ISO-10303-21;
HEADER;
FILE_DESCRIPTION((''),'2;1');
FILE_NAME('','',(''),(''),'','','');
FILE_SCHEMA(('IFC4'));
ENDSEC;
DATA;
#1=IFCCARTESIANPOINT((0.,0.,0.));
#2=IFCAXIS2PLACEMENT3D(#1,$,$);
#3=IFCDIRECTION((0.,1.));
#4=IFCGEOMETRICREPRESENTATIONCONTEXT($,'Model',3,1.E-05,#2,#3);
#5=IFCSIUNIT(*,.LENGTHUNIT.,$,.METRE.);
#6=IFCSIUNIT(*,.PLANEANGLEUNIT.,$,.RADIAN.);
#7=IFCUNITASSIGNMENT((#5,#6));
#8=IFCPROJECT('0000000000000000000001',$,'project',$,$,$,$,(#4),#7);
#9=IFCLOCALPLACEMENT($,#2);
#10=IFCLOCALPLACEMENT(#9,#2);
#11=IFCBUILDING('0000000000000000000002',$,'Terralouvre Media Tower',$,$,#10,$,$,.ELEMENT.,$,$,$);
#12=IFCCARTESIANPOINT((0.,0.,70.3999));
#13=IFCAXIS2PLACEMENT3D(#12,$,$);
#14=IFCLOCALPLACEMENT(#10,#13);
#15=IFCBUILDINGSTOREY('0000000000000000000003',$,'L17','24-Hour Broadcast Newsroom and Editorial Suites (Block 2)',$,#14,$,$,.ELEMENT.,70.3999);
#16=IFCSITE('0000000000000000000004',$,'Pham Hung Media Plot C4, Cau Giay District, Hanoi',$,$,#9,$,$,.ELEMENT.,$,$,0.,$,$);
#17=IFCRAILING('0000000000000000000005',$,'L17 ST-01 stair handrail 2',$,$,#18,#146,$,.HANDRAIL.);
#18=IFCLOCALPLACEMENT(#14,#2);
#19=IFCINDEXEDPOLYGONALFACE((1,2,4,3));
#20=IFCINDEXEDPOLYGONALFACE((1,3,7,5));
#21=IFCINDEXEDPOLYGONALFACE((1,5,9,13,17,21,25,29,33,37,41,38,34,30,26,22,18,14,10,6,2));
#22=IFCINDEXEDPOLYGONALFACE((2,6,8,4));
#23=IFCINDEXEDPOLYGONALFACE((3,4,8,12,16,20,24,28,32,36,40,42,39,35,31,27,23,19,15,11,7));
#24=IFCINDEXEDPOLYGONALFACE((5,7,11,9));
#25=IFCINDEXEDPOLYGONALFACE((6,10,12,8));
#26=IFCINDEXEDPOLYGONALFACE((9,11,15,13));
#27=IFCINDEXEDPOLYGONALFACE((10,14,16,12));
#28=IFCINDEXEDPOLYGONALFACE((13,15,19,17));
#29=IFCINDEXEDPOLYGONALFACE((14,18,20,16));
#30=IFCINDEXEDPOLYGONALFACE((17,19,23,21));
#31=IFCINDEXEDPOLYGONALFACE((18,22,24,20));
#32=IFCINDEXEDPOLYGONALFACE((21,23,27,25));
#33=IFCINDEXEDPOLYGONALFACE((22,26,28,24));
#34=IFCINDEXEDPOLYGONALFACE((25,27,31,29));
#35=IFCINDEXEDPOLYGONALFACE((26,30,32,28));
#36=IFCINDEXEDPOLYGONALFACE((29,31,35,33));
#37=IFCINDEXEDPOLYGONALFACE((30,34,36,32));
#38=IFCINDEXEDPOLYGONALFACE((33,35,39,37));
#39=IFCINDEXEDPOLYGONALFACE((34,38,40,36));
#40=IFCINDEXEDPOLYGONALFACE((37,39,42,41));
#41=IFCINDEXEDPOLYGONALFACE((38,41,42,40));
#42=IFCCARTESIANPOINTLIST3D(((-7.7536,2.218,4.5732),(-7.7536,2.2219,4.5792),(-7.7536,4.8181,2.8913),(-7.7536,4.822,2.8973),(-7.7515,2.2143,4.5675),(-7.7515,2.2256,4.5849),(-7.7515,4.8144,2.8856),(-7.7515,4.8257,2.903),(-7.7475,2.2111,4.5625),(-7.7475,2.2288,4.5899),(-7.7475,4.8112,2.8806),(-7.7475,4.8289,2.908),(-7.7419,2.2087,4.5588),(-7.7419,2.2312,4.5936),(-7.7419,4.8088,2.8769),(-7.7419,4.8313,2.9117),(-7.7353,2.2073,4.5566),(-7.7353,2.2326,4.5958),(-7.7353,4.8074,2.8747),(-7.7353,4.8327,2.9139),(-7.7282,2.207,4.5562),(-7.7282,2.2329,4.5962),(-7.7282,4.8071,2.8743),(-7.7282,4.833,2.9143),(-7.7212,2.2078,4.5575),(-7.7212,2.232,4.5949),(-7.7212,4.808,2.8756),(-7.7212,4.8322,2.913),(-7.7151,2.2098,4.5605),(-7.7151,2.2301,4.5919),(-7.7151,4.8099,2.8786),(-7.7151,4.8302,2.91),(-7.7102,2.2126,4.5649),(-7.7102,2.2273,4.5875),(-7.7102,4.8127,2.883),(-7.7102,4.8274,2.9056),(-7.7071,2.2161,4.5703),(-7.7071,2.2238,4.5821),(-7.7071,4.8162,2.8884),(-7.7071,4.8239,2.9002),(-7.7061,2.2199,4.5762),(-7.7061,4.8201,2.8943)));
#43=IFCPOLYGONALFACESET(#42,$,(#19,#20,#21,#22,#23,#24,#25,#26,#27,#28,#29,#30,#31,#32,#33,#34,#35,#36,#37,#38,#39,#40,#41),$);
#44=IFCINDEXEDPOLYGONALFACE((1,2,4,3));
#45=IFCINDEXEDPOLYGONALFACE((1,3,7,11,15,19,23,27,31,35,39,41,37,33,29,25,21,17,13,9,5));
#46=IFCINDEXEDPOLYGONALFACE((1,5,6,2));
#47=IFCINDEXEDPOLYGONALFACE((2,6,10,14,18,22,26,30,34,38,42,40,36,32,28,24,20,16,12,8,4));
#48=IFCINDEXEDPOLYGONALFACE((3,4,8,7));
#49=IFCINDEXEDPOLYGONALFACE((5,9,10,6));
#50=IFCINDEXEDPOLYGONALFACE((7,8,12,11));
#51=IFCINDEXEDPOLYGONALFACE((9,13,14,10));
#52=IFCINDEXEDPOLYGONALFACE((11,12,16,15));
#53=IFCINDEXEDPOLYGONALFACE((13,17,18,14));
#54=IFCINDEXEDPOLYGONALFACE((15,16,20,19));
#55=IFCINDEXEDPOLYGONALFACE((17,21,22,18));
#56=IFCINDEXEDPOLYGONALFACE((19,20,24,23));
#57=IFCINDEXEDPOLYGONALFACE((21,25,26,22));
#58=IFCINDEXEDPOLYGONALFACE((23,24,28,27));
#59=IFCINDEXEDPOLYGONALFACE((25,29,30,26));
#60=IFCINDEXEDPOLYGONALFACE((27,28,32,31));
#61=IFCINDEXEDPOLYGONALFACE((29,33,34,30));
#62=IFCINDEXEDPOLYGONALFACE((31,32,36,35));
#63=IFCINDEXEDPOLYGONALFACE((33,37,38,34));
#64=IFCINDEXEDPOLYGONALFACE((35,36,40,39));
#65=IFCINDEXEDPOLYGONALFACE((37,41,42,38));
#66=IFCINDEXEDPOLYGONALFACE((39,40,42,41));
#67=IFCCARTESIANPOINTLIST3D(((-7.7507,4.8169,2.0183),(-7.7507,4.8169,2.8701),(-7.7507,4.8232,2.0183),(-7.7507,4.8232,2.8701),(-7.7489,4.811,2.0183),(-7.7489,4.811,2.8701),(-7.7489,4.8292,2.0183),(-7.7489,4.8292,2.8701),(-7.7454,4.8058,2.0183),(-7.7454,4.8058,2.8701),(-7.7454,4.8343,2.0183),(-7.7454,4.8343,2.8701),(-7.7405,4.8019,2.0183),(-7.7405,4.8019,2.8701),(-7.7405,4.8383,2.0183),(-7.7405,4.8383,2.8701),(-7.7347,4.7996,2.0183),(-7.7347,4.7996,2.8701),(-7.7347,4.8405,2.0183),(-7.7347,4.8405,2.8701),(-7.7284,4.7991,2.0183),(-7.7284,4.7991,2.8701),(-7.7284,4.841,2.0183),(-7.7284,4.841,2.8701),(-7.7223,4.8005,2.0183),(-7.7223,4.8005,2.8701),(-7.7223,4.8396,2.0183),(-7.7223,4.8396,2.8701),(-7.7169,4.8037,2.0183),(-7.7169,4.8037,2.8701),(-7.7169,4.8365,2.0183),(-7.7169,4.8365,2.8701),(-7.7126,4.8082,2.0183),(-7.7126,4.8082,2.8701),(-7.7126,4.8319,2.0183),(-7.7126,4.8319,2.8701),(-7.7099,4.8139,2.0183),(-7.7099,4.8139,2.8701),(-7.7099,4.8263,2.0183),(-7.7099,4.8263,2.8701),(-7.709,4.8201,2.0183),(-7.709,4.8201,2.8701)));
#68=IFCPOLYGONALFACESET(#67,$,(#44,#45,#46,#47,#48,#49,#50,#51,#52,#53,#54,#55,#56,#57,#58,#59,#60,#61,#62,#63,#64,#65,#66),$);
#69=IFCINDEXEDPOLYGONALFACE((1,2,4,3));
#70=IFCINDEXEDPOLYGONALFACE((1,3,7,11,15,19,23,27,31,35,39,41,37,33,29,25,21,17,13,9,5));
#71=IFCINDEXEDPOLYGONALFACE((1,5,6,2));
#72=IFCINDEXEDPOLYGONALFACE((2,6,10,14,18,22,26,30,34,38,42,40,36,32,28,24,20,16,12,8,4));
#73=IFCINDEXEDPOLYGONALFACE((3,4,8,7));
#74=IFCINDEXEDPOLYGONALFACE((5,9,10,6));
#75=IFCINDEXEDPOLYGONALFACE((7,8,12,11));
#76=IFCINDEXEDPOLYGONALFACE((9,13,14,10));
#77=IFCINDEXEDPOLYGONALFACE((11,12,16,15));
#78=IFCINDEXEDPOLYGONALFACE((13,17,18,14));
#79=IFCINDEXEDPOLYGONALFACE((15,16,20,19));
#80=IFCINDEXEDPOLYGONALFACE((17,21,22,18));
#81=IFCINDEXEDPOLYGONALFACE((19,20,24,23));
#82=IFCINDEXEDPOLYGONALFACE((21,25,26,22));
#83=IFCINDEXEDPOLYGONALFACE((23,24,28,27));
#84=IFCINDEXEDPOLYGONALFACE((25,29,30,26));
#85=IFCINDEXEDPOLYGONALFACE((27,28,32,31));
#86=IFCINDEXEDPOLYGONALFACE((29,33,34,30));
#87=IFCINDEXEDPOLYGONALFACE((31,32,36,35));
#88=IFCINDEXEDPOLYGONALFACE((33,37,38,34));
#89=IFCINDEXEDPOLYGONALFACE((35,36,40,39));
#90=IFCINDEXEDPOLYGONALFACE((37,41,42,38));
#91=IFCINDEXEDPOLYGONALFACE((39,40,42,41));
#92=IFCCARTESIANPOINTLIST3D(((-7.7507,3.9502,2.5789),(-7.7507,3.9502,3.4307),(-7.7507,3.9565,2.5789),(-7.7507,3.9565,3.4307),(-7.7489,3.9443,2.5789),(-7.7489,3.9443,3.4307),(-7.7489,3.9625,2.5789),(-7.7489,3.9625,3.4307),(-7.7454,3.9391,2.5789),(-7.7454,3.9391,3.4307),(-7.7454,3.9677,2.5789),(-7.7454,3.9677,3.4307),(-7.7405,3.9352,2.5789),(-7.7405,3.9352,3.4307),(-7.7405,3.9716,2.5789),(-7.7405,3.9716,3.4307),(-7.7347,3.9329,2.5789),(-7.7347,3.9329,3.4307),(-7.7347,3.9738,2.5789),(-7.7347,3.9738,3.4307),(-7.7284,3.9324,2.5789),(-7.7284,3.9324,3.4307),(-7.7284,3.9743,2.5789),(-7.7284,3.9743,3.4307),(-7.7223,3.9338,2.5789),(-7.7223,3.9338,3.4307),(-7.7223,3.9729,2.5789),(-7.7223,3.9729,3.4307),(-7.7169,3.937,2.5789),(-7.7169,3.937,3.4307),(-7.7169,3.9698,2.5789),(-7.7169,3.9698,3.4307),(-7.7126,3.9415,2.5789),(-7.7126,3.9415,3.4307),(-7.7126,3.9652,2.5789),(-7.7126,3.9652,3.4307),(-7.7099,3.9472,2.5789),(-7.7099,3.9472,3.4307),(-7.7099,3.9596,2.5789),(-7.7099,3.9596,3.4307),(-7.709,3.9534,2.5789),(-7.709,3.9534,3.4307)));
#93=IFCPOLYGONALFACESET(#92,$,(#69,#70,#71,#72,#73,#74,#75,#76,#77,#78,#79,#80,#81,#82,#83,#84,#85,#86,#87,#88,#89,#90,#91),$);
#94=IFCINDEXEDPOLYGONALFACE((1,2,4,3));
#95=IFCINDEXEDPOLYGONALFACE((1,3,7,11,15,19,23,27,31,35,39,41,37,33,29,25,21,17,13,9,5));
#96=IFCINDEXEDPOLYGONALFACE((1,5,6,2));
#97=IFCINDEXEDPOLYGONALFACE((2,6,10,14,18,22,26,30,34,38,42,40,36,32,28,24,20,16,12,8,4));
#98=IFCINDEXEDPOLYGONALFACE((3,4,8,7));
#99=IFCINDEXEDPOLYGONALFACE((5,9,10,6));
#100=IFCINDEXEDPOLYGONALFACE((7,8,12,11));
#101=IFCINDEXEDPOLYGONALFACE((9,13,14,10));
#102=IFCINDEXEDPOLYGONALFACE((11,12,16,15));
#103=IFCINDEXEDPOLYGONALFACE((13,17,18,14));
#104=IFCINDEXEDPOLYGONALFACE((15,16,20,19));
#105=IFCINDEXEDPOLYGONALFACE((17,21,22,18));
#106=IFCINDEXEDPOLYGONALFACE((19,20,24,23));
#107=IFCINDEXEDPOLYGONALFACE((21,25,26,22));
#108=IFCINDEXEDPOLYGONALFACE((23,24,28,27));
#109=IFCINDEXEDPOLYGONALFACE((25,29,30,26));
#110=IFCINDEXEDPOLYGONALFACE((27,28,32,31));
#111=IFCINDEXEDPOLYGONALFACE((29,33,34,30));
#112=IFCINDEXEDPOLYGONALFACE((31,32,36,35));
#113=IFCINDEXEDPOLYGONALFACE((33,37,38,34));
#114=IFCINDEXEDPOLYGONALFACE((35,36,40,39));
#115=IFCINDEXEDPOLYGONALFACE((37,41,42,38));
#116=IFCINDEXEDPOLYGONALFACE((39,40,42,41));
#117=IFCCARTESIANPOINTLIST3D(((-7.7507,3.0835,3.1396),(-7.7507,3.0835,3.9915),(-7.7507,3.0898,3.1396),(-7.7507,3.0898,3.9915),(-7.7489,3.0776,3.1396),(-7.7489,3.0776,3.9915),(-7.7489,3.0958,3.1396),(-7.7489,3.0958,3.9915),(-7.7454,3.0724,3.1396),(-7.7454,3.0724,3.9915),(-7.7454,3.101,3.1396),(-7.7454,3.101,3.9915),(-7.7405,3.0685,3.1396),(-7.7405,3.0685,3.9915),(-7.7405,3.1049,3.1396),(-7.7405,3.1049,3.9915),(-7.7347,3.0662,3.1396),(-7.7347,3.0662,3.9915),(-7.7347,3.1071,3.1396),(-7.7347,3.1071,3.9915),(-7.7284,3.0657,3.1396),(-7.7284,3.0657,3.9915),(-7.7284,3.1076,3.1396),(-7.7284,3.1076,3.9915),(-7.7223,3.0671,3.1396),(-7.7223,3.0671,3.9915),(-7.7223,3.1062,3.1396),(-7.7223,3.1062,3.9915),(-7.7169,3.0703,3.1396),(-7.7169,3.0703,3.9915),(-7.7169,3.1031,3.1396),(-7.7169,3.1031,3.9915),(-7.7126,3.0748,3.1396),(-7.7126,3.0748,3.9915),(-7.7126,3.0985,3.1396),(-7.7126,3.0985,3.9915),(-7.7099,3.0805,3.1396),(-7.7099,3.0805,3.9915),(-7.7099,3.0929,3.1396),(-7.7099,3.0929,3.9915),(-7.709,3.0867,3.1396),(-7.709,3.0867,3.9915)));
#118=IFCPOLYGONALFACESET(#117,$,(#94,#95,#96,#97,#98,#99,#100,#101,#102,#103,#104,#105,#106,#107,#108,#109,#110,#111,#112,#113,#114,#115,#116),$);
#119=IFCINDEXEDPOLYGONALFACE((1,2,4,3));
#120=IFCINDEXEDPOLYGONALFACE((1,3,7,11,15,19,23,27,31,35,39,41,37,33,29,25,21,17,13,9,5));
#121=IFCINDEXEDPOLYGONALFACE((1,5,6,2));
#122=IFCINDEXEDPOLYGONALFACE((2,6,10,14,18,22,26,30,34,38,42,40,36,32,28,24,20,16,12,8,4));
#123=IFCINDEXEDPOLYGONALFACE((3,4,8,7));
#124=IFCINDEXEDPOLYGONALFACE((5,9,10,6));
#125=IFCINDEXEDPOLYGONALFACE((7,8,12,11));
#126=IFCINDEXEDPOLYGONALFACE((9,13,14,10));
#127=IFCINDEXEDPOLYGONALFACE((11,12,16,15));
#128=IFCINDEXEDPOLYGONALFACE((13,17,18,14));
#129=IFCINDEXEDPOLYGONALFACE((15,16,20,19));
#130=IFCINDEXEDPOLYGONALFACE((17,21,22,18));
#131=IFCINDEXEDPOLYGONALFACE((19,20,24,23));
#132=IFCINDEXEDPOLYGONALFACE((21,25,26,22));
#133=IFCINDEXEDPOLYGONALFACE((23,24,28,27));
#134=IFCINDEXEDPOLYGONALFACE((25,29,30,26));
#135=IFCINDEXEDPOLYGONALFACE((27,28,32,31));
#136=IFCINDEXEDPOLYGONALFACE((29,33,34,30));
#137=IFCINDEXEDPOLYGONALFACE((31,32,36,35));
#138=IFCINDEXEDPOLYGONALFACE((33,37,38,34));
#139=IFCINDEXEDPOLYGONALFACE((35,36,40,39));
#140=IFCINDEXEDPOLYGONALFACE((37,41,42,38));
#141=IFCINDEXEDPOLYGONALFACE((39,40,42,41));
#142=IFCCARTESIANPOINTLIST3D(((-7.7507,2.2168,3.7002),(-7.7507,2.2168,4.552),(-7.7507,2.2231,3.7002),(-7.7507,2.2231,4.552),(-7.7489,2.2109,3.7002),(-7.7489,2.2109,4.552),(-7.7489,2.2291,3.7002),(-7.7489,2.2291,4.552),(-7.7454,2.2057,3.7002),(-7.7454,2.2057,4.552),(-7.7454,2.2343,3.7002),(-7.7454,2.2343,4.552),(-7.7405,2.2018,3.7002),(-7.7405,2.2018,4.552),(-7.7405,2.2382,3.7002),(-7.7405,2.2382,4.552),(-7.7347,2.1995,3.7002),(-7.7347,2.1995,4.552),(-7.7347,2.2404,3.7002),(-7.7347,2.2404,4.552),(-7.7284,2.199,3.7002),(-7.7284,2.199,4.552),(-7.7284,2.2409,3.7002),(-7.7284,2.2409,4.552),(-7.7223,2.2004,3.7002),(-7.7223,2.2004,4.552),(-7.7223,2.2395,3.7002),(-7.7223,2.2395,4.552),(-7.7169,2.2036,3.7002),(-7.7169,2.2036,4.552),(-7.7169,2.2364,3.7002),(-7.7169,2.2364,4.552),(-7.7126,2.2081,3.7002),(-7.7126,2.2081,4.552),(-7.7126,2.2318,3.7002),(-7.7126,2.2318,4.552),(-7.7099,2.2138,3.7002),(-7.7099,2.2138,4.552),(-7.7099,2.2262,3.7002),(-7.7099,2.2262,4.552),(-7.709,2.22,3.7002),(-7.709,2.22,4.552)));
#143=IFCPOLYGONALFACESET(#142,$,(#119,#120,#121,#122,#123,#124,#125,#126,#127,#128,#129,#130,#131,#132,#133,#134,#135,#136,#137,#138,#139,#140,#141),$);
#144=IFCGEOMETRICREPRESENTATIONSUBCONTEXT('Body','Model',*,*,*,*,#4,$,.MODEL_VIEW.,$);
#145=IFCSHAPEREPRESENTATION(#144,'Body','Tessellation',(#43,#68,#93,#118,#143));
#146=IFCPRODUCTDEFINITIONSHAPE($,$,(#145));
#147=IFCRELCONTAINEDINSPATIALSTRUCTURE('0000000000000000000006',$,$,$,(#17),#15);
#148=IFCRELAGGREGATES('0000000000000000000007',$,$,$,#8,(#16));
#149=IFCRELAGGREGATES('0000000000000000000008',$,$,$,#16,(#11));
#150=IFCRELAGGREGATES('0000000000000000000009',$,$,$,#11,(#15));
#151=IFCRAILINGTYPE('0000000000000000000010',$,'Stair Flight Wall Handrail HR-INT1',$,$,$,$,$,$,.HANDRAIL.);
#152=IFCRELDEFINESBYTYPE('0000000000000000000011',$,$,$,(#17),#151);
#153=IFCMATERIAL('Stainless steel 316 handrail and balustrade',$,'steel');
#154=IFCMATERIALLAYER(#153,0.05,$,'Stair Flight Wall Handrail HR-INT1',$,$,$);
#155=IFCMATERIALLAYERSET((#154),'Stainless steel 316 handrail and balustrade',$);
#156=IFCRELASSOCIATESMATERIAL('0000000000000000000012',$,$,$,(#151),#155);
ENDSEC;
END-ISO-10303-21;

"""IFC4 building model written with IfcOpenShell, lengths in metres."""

from ifc_helpers import new_model, si_unit, direction, frame, origin, origin_2d, place, context, subcontext, project, spatial, circle, extrude, material, layer, layer_set, type_object, element, save


model = new_model("IFC4")

# Units and contexts
model_context = context("Model", 3, precision=1e-05, world=origin(), true_north=direction((0.0, 1.0)))
body_context = subcontext(model_context, "Body", "Model", "MODEL_VIEW")
ifc_project = project(units=[si_unit("LENGTHUNIT", "METRE"), si_unit("PLANEANGLEUNIT", "RADIAN")], contexts=[model_context])

# Site, building, storey
site_placement = place(None, origin())
site = spatial("IfcSite", under=ifc_project, at=site_placement, Name="Pham Hung Media Plot C4, Cau Giay District, Hanoi", CompositionType="ELEMENT", RefElevation=0.0)
building_placement = place(site_placement, origin())
building = spatial("IfcBuilding", under=site, at=building_placement, Name="Terralouvre Media Tower", CompositionType="ELEMENT")
storey_placement = place(building_placement, frame((0.0, 0.0, 70.3999)))
storey = spatial("IfcBuildingStorey", under=building, at=storey_placement, Name="L17", Description="24-Hour Broadcast Newsroom and Editorial Suites (Block 2)", CompositionType="ELEMENT", Elevation=70.3999)

# Railing
ifc_material_1 = material(Name="Stainless steel 316 handrail and balustrade", Category="steel")
ifc_layer_1 = layer(ifc_material_1, 0.05, Name="Stair Flight Wall Handrail HR-INT1")
ifc_layer_set_1 = layer_set([ifc_layer_1], Name="Stainless steel 316 handrail and balustrade")
railing_type_1 = type_object("IfcRailingType", Name="Stair Flight Wall Handrail HR-INT1", PredefinedType="HANDRAIL", material=ifc_layer_set_1)
railing_1_placement = place(storey_placement, frame((-7.73, 4.8201, 2.0183)))
element("IfcRailing", 1, at=railing_1_placement, inside=storey, type_object=railing_type_1, Name="L17 ST-01 stair handrail 2", PredefinedType="HANDRAIL", context=body_context, shape_type="SweptSolid", body=[
    extrude(circle(Radius=0.0239, at=origin_2d()), frame((0.0, 0.0, 0.876), z_axis=(0.0, -0.839648, 0.54313), x_axis=(1.0, 0.0, 0.0)), (0.0, 0.0, 1.0), 3.0967),
    extrude(circle(Radius=0.021, at=origin_2d()), origin(), (0.0, 0.0, 1.0), 0.8518),
    extrude(circle(Radius=0.021, at=origin_2d()), frame((0.0, -0.8667, 0.5605)), (0.0, 0.0, 1.0), 0.8518),
    extrude(circle(Radius=0.021, at=origin_2d()), frame((0.0, -1.7334, 1.1213)), (0.0, 0.0, 1.0), 0.8518),
    extrude(circle(Radius=0.021, at=origin_2d()), frame((0.0, -2.6001, 1.6819)), (0.0, 0.0, 1.0), 0.8518),
])

save(model, "model.ifc")
